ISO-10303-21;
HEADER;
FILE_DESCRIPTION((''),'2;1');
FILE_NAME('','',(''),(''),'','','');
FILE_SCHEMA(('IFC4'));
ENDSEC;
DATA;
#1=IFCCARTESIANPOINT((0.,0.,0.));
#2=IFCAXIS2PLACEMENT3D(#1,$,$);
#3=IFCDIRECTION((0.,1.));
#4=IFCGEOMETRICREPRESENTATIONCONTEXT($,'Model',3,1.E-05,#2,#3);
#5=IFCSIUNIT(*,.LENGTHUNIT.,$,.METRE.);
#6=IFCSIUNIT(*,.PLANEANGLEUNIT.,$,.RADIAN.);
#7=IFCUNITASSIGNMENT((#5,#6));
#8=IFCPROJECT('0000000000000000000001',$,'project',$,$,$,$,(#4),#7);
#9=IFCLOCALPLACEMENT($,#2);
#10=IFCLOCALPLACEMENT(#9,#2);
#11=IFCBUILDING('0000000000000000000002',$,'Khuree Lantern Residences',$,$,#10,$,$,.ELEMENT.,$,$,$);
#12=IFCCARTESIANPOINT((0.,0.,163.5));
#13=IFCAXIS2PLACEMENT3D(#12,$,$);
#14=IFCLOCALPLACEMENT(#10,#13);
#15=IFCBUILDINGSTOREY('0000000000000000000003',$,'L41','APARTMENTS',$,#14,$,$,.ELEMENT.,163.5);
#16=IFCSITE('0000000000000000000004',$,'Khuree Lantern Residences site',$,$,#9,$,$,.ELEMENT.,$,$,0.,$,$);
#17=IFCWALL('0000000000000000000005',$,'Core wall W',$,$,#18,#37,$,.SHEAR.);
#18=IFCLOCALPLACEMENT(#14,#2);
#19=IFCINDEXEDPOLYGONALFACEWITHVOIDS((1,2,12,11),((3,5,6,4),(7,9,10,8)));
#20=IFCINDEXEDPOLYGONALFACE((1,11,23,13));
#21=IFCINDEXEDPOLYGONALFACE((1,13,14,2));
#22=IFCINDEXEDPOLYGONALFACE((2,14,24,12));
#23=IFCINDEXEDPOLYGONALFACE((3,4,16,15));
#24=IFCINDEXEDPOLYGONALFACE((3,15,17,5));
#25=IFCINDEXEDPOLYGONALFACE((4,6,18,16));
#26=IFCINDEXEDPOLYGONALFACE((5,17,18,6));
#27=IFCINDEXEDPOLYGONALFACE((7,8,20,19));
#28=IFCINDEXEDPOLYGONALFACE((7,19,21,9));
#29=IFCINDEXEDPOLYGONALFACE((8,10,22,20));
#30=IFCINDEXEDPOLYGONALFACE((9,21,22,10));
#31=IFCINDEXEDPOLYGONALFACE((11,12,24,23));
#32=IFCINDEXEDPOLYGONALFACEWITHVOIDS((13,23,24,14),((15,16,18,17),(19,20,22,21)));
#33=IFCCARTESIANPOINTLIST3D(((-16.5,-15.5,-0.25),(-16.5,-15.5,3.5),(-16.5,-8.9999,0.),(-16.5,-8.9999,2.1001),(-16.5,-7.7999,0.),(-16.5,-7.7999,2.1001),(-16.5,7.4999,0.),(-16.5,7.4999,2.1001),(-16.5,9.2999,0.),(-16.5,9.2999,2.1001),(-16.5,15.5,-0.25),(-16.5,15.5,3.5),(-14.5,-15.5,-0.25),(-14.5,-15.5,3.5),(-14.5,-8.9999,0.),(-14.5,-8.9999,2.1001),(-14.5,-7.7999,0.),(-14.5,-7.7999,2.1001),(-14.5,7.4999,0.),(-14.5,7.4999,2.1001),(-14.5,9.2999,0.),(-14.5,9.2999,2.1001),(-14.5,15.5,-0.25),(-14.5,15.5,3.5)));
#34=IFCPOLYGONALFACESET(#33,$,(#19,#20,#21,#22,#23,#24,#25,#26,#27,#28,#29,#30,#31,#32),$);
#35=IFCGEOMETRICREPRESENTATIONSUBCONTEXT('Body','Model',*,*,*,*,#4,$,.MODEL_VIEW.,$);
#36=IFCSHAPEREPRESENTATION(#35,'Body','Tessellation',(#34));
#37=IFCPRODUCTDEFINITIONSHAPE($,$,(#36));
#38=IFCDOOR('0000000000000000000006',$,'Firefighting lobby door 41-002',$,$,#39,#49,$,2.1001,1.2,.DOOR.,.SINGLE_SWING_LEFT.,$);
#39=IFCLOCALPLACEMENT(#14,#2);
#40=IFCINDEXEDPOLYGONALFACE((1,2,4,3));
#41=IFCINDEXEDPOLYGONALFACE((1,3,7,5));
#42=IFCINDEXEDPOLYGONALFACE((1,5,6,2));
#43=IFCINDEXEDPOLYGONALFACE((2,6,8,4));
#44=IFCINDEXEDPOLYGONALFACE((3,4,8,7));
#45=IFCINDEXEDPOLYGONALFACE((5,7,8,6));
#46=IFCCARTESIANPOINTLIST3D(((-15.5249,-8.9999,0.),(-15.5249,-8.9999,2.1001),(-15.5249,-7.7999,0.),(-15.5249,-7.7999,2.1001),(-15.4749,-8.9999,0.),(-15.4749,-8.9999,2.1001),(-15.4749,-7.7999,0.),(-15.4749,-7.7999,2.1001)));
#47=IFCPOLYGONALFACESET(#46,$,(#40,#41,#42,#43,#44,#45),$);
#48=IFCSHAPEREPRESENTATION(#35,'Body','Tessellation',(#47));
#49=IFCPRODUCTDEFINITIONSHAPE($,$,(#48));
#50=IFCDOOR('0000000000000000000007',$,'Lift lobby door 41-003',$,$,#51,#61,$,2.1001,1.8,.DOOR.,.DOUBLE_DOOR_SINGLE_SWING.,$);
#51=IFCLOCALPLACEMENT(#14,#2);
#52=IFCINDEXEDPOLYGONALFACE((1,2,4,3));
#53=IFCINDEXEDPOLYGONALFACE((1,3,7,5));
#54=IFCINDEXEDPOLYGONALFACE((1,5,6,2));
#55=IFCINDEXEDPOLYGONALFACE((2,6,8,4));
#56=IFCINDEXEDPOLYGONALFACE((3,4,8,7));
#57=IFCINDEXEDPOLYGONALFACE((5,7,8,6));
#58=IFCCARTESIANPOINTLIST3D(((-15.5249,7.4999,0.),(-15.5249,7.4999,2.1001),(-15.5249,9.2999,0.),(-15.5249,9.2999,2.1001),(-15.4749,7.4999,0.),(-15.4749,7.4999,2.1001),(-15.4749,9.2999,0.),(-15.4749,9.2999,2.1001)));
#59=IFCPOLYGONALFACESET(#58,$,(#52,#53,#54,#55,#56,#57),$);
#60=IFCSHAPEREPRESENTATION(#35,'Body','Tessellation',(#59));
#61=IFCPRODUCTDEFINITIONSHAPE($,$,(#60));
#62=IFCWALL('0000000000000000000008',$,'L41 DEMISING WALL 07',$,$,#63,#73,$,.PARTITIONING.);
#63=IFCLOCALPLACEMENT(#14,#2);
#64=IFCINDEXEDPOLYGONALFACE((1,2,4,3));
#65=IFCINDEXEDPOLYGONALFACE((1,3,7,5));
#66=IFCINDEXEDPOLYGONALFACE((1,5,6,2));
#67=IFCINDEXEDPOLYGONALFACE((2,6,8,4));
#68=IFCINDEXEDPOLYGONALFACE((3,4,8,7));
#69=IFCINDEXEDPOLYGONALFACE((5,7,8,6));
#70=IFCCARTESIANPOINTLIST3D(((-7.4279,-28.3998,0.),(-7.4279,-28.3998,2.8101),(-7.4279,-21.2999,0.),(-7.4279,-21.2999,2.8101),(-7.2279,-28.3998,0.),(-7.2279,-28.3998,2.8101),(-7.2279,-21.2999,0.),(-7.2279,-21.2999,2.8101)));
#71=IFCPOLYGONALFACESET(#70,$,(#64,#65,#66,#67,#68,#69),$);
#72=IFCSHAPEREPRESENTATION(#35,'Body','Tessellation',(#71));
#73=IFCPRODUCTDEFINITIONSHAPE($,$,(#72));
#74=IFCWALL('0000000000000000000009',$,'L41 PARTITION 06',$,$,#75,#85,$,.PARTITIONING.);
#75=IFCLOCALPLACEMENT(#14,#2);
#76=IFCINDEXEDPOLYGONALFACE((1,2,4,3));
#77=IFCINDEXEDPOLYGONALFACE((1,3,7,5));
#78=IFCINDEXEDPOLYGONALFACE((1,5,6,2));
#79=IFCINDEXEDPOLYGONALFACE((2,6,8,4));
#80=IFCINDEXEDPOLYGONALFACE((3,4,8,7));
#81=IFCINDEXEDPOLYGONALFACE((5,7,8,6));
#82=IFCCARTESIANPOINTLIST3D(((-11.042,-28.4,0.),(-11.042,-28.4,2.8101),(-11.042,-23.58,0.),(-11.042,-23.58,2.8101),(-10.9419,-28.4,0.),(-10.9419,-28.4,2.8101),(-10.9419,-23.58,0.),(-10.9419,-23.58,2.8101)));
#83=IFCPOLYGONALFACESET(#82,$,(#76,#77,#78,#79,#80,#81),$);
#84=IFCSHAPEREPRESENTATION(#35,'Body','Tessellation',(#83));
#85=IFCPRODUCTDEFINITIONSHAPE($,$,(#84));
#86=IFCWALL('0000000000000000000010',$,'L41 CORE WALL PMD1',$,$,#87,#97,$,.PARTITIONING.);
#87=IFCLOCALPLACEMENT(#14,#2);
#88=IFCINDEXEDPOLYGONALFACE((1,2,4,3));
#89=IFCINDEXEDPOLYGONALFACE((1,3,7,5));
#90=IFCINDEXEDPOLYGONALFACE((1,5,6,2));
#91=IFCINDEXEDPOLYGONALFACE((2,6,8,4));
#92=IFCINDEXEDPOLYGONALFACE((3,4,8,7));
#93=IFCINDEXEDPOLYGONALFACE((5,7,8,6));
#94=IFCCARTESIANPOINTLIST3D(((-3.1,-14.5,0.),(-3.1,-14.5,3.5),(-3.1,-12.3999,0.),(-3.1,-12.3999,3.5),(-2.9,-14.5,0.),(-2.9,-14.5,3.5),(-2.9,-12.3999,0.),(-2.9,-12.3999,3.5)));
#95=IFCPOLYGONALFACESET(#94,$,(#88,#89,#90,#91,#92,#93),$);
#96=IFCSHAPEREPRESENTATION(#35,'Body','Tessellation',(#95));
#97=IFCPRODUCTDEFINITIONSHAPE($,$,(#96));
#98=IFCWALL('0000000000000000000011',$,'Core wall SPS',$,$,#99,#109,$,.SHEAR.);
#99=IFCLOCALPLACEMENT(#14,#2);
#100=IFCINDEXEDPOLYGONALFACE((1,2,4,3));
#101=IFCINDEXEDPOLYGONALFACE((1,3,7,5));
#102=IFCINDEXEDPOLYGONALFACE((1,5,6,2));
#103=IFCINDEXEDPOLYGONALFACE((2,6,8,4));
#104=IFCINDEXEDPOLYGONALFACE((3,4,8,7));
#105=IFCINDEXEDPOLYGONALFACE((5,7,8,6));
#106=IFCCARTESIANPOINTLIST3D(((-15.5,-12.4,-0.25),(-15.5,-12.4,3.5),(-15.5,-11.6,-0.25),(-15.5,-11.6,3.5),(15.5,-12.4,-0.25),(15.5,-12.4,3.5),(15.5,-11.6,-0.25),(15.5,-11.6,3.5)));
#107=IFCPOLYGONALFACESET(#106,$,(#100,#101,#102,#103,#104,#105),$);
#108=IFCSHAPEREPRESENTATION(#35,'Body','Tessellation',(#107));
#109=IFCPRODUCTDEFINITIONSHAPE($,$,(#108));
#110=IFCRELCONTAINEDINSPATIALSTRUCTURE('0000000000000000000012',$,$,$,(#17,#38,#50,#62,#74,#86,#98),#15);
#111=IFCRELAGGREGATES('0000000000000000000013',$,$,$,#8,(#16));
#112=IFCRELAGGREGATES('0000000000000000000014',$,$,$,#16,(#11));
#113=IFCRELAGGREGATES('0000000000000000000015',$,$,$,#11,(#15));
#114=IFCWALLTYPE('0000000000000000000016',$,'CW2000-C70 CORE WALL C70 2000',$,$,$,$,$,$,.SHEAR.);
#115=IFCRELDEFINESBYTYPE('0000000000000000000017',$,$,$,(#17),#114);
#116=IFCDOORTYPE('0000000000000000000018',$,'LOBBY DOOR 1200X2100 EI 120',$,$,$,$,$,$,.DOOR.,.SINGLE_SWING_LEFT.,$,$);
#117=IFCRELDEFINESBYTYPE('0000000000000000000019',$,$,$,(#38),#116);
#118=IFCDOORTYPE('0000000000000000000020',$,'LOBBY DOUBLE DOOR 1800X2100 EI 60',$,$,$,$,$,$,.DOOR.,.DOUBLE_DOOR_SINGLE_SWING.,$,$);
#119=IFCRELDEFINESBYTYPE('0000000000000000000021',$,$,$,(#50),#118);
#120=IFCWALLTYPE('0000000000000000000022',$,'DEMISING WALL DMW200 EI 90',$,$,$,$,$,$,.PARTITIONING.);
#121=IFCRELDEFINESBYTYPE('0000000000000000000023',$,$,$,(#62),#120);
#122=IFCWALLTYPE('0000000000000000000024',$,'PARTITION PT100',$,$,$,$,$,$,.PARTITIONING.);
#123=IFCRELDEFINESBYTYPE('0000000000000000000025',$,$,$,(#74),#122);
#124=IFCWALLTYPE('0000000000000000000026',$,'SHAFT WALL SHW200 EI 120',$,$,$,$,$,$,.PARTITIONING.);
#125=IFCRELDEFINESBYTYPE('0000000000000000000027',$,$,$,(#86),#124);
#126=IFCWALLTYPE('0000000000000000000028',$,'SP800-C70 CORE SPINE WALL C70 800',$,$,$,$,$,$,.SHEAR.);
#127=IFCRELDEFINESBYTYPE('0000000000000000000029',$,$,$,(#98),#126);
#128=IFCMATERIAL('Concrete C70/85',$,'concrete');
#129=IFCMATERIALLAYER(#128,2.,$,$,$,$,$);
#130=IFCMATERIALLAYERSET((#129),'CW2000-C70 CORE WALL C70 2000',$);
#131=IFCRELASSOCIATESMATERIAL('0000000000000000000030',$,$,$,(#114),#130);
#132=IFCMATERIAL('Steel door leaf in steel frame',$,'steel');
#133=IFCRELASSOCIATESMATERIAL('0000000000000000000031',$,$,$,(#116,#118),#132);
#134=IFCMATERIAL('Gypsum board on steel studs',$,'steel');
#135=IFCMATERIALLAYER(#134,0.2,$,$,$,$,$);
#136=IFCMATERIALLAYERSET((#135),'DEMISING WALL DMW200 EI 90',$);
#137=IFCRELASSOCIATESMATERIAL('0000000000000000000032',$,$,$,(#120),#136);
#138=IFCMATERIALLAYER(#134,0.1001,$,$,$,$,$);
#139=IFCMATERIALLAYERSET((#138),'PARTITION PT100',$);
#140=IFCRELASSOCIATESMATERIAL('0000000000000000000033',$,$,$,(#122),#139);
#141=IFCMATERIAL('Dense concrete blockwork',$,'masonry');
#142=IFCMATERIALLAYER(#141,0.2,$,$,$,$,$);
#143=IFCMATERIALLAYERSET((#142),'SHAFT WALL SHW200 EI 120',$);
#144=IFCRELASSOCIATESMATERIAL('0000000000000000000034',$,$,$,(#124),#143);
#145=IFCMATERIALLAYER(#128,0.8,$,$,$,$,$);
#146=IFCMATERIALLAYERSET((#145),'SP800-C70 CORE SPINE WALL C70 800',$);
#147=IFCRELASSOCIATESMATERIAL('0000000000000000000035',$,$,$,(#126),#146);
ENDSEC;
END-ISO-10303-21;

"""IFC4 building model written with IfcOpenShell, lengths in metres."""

from ifc_helpers import new_model, si_unit, direction, frame, frame_2d, origin, place, context, subcontext, project, spatial, rectangle, extrude, material, layer, layer_set, type_object, element, fill, save


model = new_model("IFC4")

# Units and contexts
model_context = context("Model", 3, precision=1e-05, world=origin(), true_north=direction((0.0, 1.0)))
body_context = subcontext(model_context, "Body", "Model", "MODEL_VIEW")
ifc_project = project(units=[si_unit("LENGTHUNIT", "METRE"), si_unit("PLANEANGLEUNIT", "RADIAN")], contexts=[model_context])

# Site, building, storey
site_placement = place(None, origin())
site = spatial("IfcSite", under=ifc_project, at=site_placement, Name="Khuree Lantern Residences site", CompositionType="ELEMENT", RefElevation=0.0)
building_placement = place(site_placement, origin())
building = spatial("IfcBuilding", under=site, at=building_placement, Name="Khuree Lantern Residences", CompositionType="ELEMENT")
storey_placement = place(building_placement, frame((0.0, 0.0, 163.5)))
storey = spatial("IfcBuildingStorey", under=building, at=storey_placement, Name="L41", Description="APARTMENTS", CompositionType="ELEMENT", Elevation=163.5)

# Shared definitions
ifc_material_1 = material(Name="Concrete C70/85", Category="concrete")

# Shared definitions
ifc_material_2 = material(Name="Dense concrete blockwork", Category="masonry")

# Shared definitions
ifc_material_3 = material(Name="Gypsum board on steel studs", Category="steel")

# Wall, openings, doors
ifc_layer_1 = layer(ifc_material_1, 2.0)
ifc_layer_set_1 = layer_set([ifc_layer_1], Name="CW2000-C70 CORE WALL C70 2000")
wall_type_1 = type_object("IfcWallType", Name="CW2000-C70 CORE WALL C70 2000", PredefinedType="SHEAR", material=ifc_layer_set_1)
wall_1_placement = place(storey_placement, frame((-15.5, -15.5, -0.25), z_axis=(0.0, 0.0, 1.0), x_axis=(0.0, 1.0, 0.0)))
wall_1 = element("IfcWall", 1, at=wall_1_placement, inside=storey, type_object=wall_type_1, Name="Core wall W", PredefinedType="SHEAR", context=body_context, shape_type="SweptSolid", body=[
    extrude(rectangle(XDim=31.0, YDim=2.0, at=frame_2d((15.5, 0.0))), origin(), (0.0, 0.0, 1.0), 3.75),
])
opening_1_placement = place(wall_1_placement, frame((6.5, 0.0, 0.25)))
opening_1 = element("IfcOpeningElement", 2, at=opening_1_placement, cuts=wall_1, PredefinedType="OPENING", context=body_context, shape_type="SweptSolid", body=[
    extrude(rectangle(XDim=1.2, YDim=2.1001, at=frame_2d((0.6001, 1.05))), frame((0.0, 1.01, 0.0), z_axis=(0.0, -1.0, 0.0), x_axis=(1.0, 0.0, 0.0)), (0.0, 0.0, 1.0), 2.02),
])
opening_2_placement = place(wall_1_placement, frame((23.0, 0.0, 0.25)))
opening_2 = element("IfcOpeningElement", 3, at=opening_2_placement, cuts=wall_1, PredefinedType="OPENING", context=body_context, shape_type="SweptSolid", body=[
    extrude(rectangle(XDim=1.8, YDim=2.1001, at=frame_2d((0.8999, 1.05))), frame((0.0, 1.01, 0.0), z_axis=(0.0, -1.0, 0.0), x_axis=(1.0, 0.0, 0.0)), (0.0, 0.0, 1.0), 2.02),
])
ifc_material_4 = material(Name="Steel door leaf in steel frame", Category="steel")
door_type_1 = type_object("IfcDoorType", Name="LOBBY DOOR 1200X2100 EI 120", OperationType="SINGLE_SWING_LEFT", PredefinedType="DOOR", material=ifc_material_4)
door_1_placement = place(opening_1_placement, origin())
door_1 = element("IfcDoor", 4, at=door_1_placement, inside=storey, type_object=door_type_1, Name="Firefighting lobby door 41-002", OperationType="SINGLE_SWING_LEFT", OverallHeight=2.1001, OverallWidth=1.2, PredefinedType="DOOR", context=body_context, shape_type="SweptSolid", body=[
    extrude(rectangle(XDim=1.2, YDim=2.1001, at=frame_2d((0.6001, 1.05))), frame((0.0, 0.0249, 0.0), z_axis=(0.0, -1.0, 0.0), x_axis=(1.0, 0.0, 0.0)), (0.0, 0.0, 1.0), 0.05),
])
fill(opening_1, door_1)
door_type_2 = type_object("IfcDoorType", Name="LOBBY DOUBLE DOOR 1800X2100 EI 60", OperationType="DOUBLE_DOOR_SINGLE_SWING", PredefinedType="DOOR", material=ifc_material_4)
door_2_placement = place(opening_2_placement, origin())
door_2 = element("IfcDoor", 5, at=door_2_placement, inside=storey, type_object=door_type_2, Name="Lift lobby door 41-003", OperationType="DOUBLE_DOOR_SINGLE_SWING", OverallHeight=2.1001, OverallWidth=1.8, PredefinedType="DOOR", context=body_context, shape_type="SweptSolid", body=[
    extrude(rectangle(XDim=1.8, YDim=2.1001, at=frame_2d((0.8999, 1.05))), frame((0.0, 0.0249, 0.0), z_axis=(0.0, -1.0, 0.0), x_axis=(1.0, 0.0, 0.0)), (0.0, 0.0, 1.0), 0.05),
])
fill(opening_2, door_2)

# Walls
ifc_layer_2 = layer(ifc_material_3, 0.2)
ifc_layer_set_2 = layer_set([ifc_layer_2], Name="DEMISING WALL DMW200 EI 90")
wall_type_2 = type_object("IfcWallType", Name="DEMISING WALL DMW200 EI 90", PredefinedType="PARTITIONING", material=ifc_layer_set_2)
wall_2_placement = place(storey_placement, frame((-7.3279, -21.3, 0.0), z_axis=(0.0, 0.0, 1.0), x_axis=(0.0, -1.0, 0.0)))
element("IfcWall", 6, at=wall_2_placement, inside=storey, type_object=wall_type_2, Name="L41 DEMISING WALL 07", PredefinedType="PARTITIONING", context=body_context, shape_type="SweptSolid", body=[
    extrude(rectangle(XDim=7.0999, YDim=0.2, at=frame_2d((3.5498, 0.0))), origin(), (0.0, 0.0, 1.0), 2.8101),
])
ifc_layer_3 = layer(ifc_material_3, 0.1001)
ifc_layer_set_3 = layer_set([ifc_layer_3], Name="PARTITION PT100")
wall_type_3 = type_object("IfcWallType", Name="PARTITION PT100", PredefinedType="PARTITIONING", material=ifc_layer_set_3)
wall_3_placement = place(storey_placement, frame((-10.9919, -23.5798, 0.0), z_axis=(0.0, 0.0, 1.0), x_axis=(0.0, -1.0, 0.0)))
element("IfcWall", 7, at=wall_3_placement, inside=storey, type_object=wall_type_3, Name="L41 PARTITION 06", PredefinedType="PARTITIONING", context=body_context, shape_type="SweptSolid", body=[
    extrude(rectangle(XDim=4.8201, YDim=0.1001, at=frame_2d((2.4102, 0.0))), origin(), (0.0, 0.0, 1.0), 2.8101),
])
ifc_layer_4 = layer(ifc_material_2, 0.2)
ifc_layer_set_4 = layer_set([ifc_layer_4], Name="SHAFT WALL SHW200 EI 120")
wall_type_4 = type_object("IfcWallType", Name="SHAFT WALL SHW200 EI 120", PredefinedType="PARTITIONING", material=ifc_layer_set_4)
wall_4_placement = place(storey_placement, frame((-3.0, -14.5, 0.0), z_axis=(0.0, 0.0, 1.0), x_axis=(0.0, 1.0, 0.0)))
element("IfcWall", 8, at=wall_4_placement, inside=storey, type_object=wall_type_4, Name="L41 CORE WALL PMD1", PredefinedType="PARTITIONING", context=body_context, shape_type="SweptSolid", body=[
    extrude(rectangle(XDim=2.1001, YDim=0.2, at=frame_2d((1.05, 0.0))), origin(), (0.0, 0.0, 1.0), 3.5),
])
ifc_layer_5 = layer(ifc_material_1, 0.8)
ifc_layer_set_5 = layer_set([ifc_layer_5], Name="SP800-C70 CORE SPINE WALL C70 800")
wall_type_5 = type_object("IfcWallType", Name="SP800-C70 CORE SPINE WALL C70 800", PredefinedType="SHEAR", material=ifc_layer_set_5)
wall_5_placement = place(storey_placement, frame((-15.5, -12.0, -0.25), z_axis=(0.0, 0.0, 1.0), x_axis=(1.0, 0.0, 0.0)))
element("IfcWall", 9, at=wall_5_placement, inside=storey, type_object=wall_type_5, Name="Core wall SPS", PredefinedType="SHEAR", context=body_context, shape_type="SweptSolid", body=[
    extrude(rectangle(XDim=31.0, YDim=0.8, at=frame_2d((15.5, 0.0))), origin(), (0.0, 0.0, 1.0), 3.75),
])

save(model, "model.ifc")
